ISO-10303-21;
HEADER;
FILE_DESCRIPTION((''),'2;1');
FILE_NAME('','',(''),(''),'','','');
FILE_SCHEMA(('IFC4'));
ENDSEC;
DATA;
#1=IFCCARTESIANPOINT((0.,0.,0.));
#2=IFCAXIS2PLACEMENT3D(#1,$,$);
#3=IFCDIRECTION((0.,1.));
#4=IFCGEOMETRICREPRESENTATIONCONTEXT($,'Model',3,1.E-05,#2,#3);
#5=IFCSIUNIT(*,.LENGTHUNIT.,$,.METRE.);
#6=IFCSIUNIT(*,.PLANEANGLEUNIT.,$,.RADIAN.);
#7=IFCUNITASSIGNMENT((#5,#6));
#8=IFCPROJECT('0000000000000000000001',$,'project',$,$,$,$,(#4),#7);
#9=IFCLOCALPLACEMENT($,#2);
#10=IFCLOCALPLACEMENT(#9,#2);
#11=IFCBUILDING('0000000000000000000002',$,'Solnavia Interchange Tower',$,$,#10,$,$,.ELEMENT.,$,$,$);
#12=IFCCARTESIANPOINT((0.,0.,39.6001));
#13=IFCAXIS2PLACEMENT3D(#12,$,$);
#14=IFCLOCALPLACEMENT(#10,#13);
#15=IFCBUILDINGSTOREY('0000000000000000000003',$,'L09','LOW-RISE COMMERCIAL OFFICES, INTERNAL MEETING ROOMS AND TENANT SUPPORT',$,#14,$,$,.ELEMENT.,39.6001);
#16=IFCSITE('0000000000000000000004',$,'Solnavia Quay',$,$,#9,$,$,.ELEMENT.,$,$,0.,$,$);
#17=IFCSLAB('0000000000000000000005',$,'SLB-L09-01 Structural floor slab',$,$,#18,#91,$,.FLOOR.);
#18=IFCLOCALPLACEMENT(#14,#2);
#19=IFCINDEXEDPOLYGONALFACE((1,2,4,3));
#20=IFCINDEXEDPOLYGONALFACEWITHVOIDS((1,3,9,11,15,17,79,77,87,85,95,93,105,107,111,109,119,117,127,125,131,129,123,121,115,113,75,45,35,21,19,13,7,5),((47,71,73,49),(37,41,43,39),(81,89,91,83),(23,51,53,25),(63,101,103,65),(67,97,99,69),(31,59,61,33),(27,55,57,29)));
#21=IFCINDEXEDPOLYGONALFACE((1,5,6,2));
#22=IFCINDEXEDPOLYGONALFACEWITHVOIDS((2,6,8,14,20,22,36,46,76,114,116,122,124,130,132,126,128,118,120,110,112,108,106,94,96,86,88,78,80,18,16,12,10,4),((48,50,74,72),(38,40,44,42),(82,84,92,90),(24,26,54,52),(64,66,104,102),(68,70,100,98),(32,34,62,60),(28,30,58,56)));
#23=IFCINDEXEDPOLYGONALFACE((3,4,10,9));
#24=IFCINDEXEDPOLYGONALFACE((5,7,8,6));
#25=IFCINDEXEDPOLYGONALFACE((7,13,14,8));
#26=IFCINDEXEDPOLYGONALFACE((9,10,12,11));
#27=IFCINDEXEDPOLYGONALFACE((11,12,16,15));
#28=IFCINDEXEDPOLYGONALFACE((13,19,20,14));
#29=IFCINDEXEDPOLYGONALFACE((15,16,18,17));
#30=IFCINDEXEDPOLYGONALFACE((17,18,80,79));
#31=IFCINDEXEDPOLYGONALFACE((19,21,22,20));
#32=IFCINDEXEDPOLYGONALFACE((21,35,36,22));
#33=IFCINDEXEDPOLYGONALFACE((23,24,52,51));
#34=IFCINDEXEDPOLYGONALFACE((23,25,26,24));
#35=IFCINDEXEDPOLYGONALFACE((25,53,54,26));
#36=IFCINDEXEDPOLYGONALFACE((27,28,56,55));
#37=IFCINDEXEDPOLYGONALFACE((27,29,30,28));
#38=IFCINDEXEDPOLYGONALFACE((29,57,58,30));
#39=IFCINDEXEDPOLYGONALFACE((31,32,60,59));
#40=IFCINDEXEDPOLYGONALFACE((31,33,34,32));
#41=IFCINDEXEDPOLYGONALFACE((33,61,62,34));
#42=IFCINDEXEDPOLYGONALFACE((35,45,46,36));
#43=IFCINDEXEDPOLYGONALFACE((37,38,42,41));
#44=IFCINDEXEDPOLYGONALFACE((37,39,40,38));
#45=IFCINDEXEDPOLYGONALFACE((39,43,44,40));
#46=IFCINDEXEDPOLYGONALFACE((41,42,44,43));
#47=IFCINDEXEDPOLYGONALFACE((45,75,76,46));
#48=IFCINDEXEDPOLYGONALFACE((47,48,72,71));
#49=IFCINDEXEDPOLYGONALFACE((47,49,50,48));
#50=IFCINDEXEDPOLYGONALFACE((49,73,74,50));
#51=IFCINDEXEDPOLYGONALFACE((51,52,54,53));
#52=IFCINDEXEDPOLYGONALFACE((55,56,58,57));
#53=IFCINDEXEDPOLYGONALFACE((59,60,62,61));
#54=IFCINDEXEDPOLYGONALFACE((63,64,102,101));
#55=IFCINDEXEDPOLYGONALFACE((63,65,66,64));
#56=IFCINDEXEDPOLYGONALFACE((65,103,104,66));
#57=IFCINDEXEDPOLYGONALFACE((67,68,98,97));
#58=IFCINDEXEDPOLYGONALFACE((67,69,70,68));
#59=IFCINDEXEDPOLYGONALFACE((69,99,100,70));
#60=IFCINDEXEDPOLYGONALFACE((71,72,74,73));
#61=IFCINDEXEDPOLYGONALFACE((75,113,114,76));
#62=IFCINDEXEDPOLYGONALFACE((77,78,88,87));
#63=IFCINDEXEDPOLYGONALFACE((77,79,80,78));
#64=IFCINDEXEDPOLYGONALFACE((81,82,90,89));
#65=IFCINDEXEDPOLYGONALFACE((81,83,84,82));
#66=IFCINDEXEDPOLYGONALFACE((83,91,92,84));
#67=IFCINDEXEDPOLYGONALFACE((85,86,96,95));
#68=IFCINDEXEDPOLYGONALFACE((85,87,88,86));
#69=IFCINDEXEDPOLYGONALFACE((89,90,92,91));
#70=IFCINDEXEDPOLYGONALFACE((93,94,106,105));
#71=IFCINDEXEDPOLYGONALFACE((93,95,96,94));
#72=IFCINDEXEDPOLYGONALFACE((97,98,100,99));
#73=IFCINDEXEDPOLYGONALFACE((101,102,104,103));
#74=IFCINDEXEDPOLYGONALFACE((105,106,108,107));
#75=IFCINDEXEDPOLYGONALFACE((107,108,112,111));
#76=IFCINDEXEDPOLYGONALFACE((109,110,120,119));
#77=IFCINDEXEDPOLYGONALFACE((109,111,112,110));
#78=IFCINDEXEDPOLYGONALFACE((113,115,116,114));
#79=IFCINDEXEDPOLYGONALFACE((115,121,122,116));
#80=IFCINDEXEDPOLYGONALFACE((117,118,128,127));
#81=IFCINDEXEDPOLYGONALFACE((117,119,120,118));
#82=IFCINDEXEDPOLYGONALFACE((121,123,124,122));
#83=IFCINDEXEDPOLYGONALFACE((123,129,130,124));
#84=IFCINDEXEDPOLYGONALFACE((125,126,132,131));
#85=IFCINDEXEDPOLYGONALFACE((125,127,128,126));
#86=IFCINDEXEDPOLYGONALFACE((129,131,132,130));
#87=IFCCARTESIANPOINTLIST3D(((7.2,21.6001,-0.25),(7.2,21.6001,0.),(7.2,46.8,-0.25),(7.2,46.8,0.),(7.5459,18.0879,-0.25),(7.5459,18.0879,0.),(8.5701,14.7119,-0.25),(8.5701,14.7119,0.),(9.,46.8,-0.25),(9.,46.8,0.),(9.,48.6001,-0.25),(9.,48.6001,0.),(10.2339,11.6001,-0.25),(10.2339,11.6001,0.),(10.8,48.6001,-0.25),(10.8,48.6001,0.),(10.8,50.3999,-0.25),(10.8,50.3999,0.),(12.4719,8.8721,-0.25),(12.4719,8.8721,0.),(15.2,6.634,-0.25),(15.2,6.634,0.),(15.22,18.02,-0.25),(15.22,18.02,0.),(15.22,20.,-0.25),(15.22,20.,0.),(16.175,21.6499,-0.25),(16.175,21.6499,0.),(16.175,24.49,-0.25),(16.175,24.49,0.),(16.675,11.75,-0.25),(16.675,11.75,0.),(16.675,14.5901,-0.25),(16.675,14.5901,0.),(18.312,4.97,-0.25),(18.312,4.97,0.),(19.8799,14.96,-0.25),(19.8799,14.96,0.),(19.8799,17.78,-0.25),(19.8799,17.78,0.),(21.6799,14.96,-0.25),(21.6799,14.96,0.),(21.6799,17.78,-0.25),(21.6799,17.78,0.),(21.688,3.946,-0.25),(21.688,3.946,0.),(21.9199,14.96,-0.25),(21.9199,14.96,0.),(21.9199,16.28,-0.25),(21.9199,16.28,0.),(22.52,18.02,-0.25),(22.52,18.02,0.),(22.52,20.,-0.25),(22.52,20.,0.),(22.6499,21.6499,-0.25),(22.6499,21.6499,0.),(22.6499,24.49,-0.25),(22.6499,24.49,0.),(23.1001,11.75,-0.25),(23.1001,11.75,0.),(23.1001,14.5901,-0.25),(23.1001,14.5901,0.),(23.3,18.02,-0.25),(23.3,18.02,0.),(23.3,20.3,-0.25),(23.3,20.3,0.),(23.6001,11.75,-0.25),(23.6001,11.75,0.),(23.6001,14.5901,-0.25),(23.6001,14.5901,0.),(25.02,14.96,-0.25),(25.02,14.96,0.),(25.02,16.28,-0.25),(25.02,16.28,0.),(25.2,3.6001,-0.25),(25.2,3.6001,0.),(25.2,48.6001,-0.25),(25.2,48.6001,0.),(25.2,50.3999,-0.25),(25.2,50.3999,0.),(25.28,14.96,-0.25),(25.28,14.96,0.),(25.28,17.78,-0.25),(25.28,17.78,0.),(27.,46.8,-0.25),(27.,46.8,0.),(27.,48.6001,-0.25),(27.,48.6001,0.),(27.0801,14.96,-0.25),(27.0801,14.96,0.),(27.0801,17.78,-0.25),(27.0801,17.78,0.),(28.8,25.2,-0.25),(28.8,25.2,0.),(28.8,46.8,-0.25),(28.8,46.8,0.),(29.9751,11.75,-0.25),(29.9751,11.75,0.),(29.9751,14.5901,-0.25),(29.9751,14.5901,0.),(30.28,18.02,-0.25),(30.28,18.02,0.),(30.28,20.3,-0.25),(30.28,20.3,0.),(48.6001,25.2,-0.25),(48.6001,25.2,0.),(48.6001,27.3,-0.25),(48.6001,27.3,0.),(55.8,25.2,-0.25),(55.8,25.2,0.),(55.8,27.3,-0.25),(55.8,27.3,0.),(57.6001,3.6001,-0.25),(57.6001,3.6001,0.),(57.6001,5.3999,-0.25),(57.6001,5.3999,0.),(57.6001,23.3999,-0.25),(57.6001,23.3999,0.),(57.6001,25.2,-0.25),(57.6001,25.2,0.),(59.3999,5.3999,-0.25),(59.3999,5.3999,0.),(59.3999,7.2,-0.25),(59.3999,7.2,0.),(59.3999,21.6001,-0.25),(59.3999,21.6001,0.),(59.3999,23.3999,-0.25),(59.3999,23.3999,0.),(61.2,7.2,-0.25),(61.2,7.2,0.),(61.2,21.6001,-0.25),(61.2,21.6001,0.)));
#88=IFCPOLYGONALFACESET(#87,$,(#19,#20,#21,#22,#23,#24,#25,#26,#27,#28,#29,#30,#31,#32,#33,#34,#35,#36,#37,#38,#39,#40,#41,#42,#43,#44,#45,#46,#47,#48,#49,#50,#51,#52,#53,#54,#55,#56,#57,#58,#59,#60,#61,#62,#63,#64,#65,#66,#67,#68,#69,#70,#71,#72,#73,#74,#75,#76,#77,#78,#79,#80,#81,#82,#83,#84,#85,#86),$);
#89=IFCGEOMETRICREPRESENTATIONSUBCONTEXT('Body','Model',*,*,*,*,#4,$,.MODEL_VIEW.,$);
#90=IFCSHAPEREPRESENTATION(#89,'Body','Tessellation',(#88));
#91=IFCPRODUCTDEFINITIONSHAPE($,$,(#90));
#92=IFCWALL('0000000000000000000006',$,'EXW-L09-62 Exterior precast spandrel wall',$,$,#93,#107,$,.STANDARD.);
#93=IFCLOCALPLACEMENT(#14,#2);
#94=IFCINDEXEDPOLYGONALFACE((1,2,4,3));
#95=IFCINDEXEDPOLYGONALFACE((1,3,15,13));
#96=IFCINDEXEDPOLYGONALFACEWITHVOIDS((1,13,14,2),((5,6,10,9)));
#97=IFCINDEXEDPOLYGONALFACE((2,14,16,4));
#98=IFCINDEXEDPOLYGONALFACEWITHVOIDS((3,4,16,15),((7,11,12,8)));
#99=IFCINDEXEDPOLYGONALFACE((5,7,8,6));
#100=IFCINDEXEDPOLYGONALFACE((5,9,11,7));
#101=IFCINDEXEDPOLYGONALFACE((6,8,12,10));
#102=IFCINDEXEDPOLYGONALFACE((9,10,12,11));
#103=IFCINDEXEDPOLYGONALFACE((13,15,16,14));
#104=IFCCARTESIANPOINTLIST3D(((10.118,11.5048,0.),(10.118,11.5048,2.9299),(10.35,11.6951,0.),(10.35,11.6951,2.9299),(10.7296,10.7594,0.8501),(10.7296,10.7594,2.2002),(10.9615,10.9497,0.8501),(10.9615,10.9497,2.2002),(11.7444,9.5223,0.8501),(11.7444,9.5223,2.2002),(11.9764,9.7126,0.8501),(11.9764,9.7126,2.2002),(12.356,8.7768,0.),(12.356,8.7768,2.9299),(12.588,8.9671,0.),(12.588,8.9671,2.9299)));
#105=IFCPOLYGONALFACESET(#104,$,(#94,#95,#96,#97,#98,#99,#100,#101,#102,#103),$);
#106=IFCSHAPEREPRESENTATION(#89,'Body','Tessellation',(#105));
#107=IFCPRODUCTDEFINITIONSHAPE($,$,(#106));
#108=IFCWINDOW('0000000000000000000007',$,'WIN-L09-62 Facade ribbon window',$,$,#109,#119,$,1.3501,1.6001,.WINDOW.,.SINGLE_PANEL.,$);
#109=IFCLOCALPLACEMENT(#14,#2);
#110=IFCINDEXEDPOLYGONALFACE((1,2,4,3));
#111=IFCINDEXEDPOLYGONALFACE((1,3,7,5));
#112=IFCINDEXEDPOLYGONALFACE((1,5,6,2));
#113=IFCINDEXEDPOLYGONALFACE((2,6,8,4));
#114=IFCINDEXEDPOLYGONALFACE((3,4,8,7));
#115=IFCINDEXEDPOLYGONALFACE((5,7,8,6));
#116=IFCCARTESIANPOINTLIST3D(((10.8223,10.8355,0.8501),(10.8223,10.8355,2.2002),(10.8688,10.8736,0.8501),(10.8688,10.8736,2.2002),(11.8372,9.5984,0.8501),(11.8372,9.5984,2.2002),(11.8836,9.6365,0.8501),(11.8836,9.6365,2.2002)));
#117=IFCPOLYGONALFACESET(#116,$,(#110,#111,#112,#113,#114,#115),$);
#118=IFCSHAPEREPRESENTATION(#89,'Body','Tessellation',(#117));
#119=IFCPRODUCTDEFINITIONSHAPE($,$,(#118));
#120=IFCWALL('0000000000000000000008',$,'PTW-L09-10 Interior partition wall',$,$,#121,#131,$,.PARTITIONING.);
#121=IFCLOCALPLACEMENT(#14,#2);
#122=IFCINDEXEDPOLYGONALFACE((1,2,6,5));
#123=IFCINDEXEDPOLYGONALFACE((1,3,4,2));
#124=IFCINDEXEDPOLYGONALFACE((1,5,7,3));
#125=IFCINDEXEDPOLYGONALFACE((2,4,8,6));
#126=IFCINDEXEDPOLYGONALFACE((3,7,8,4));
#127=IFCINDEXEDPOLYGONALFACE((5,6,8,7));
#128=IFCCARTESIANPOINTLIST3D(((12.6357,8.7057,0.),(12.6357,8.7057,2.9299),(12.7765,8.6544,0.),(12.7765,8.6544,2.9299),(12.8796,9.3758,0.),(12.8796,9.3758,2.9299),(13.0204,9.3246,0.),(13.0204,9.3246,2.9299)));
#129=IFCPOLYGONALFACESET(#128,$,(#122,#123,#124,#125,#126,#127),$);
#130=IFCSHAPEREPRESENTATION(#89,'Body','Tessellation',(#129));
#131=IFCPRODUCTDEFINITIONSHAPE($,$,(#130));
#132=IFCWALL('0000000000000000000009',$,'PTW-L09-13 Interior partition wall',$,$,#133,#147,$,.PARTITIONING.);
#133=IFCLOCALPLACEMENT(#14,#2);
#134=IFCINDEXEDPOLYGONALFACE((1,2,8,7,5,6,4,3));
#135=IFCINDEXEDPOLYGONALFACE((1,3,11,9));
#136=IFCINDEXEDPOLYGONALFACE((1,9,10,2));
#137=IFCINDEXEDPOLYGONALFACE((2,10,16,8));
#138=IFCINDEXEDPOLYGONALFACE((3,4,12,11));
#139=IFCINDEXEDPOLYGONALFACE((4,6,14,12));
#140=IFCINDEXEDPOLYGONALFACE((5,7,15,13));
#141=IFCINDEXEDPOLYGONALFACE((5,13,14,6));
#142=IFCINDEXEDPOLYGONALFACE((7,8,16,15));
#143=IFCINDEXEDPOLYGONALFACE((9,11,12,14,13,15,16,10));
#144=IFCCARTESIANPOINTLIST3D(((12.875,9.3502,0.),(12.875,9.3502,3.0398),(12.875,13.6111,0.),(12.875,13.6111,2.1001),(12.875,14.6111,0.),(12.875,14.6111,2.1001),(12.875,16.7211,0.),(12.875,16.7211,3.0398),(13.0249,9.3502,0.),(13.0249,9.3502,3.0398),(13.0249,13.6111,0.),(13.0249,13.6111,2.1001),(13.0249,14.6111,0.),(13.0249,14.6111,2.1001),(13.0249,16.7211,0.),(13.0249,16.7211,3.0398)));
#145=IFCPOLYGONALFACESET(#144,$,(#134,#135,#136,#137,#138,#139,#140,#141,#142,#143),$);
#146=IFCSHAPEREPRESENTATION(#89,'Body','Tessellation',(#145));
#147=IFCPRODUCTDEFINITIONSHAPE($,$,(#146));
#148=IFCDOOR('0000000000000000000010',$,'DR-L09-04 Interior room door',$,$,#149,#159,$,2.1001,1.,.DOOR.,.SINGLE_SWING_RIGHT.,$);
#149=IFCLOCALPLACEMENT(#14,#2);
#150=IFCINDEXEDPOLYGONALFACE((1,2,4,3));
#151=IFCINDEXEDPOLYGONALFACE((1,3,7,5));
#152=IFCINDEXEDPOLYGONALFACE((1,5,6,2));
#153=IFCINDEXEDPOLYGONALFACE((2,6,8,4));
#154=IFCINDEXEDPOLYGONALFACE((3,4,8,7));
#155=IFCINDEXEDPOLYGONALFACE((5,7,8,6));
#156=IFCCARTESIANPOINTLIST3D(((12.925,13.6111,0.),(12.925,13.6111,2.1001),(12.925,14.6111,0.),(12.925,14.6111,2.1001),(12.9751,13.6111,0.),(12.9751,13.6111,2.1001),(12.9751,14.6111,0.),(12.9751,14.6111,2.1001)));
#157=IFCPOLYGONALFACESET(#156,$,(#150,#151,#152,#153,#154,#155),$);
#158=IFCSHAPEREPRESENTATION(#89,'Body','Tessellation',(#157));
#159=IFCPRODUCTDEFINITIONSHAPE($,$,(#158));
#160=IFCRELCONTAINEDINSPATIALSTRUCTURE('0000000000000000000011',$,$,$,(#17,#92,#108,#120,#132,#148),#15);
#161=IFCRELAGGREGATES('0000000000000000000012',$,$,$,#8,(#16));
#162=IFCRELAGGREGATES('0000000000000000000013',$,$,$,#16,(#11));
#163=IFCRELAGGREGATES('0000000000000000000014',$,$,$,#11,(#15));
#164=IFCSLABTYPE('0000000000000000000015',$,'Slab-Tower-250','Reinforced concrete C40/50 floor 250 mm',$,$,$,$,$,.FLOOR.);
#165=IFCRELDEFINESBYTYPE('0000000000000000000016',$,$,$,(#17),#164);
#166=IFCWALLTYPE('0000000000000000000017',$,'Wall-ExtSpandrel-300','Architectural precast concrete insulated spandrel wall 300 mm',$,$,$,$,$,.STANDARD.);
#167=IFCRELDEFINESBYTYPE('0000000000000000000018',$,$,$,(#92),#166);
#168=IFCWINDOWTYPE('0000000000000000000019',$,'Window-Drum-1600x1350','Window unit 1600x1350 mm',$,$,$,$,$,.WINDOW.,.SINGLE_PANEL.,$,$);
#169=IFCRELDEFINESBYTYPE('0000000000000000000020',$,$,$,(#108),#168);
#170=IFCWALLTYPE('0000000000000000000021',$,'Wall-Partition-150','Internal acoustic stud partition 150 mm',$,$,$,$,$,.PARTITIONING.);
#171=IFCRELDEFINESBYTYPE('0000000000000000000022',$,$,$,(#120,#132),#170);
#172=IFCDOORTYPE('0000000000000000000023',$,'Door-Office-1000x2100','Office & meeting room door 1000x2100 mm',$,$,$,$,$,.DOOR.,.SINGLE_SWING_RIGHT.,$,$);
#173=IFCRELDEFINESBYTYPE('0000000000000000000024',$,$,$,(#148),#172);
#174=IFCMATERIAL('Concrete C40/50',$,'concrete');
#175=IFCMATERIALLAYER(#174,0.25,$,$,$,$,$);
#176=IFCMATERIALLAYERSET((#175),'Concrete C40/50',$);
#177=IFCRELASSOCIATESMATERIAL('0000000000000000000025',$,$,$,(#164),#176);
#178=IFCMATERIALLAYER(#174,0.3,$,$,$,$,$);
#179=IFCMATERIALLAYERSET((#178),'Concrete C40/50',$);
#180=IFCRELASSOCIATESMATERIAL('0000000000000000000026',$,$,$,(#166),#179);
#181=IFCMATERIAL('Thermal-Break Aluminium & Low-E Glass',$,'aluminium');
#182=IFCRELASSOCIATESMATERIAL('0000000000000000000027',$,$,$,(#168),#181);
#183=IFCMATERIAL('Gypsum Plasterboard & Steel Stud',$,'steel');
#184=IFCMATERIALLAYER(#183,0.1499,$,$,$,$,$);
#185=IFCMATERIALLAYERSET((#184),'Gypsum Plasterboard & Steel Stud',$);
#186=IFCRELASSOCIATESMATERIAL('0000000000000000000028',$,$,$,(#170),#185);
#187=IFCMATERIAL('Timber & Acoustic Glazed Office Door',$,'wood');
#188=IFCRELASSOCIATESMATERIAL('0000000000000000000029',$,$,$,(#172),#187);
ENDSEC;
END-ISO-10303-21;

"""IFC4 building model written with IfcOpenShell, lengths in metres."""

from ifc_helpers import new_model, si_unit, direction, frame, frame_2d, origin, place, context, subcontext, project, spatial, polyline, rectangle, outline, extrude, material, layer, layer_set, type_object, element, fill, save


model = new_model("IFC4")

# Units and contexts
model_context = context("Model", 3, precision=1e-05, world=origin(), true_north=direction((0.0, 1.0)))
body_context = subcontext(model_context, "Body", "Model", "MODEL_VIEW")
ifc_project = project(units=[si_unit("LENGTHUNIT", "METRE"), si_unit("PLANEANGLEUNIT", "RADIAN")], contexts=[model_context])

# Site, building, storey
site_placement = place(None, origin())
site = spatial("IfcSite", under=ifc_project, at=site_placement, Name="Solnavia Quay", CompositionType="ELEMENT", RefElevation=0.0)
building_placement = place(site_placement, origin())
building = spatial("IfcBuilding", under=site, at=building_placement, Name="Solnavia Interchange Tower", CompositionType="ELEMENT")
storey_placement = place(building_placement, frame((0.0, 0.0, 39.6001)))
storey = spatial("IfcBuildingStorey", under=building, at=storey_placement, Name="L09", Description="LOW-RISE COMMERCIAL OFFICES, INTERNAL MEETING ROOMS AND TENANT SUPPORT", CompositionType="ELEMENT", Elevation=39.6001)

# Shared definitions
ifc_material_1 = material(Name="Concrete C40/50", Category="concrete")

# Slab
ifc_layer_1 = layer(ifc_material_1, 0.25)
ifc_layer_set_1 = layer_set([ifc_layer_1], Name="Concrete C40/50")
slab_type_1 = type_object("IfcSlabType", Name="Slab-Tower-250", Description="Reinforced concrete C40/50 floor 250 mm", PredefinedType="FLOOR", material=ifc_layer_set_1)
slab_1_placement = place(storey_placement, frame((0.0, 0.0, -0.25)))
element("IfcSlab", 1, at=slab_1_placement, inside=storey, type_object=slab_type_1, Name="SLB-L09-01 Structural floor slab", PredefinedType="FLOOR", context=body_context, shape_type="SweptSolid", body=[
    extrude(outline(polyline([(25.2, 3.6001), (57.6001, 3.6001), (57.6001, 5.3999), (59.3999, 5.3999), (59.3999, 7.2), (61.2, 7.2), (61.2, 21.6001), (59.3999, 21.6001), (59.3999, 23.3999), (57.6001, 23.3999), (57.6001, 25.2), (55.8, 25.2), (55.8, 27.3), (48.6001, 27.3), (48.6001, 25.2), (28.8, 25.2), (28.8, 46.8), (27.0, 46.8), (27.0, 48.6001), (25.2, 48.6001), (25.2, 50.3999), (10.8, 50.3999), (10.8, 48.6001), (9.0, 48.6001), (9.0, 46.8), (7.2, 46.8), (7.2, 21.6001), (7.5459, 18.0879), (8.5701, 14.7119), (10.2339, 11.6001), (12.4719, 8.8721), (15.2, 6.634), (18.312, 4.97), (21.688, 3.946), (25.2, 3.6001)]), holes=[polyline([(16.675, 11.75), (23.1001, 11.75), (23.1001, 14.5901), (16.675, 14.5901), (16.675, 11.75)]), polyline([(23.6001, 11.75), (29.9751, 11.75), (29.9751, 14.5901), (23.6001, 14.5901), (23.6001, 11.75)]), polyline([(16.175, 21.6499), (22.6499, 21.6499), (22.6499, 24.49), (16.175, 24.49), (16.175, 21.6499)]), polyline([(19.8799, 14.96), (21.6799, 14.96), (21.6799, 17.78), (19.8799, 17.78), (19.8799, 14.96)]), polyline([(25.28, 14.96), (27.0801, 14.96), (27.0801, 17.78), (25.28, 17.78), (25.28, 14.96)]), polyline([(21.9199, 14.96), (25.02, 14.96), (25.02, 16.28), (21.9199, 16.28), (21.9199, 14.96)]), polyline([(15.22, 18.02), (22.52, 18.02), (22.52, 20.0), (15.22, 20.0), (15.22, 18.02)]), polyline([(23.3, 18.02), (30.28, 18.02), (30.28, 20.3), (23.3, 20.3), (23.3, 18.02)])]), origin(), (0.0, 0.0, 1.0), 0.25),
])

# Wall, opening, window
ifc_layer_2 = layer(ifc_material_1, 0.3)
ifc_layer_set_2 = layer_set([ifc_layer_2], Name="Concrete C40/50")
wall_type_1 = type_object("IfcWallType", Name="Wall-ExtSpandrel-300", Description="Architectural precast concrete insulated spandrel wall 300 mm", PredefinedType="STANDARD", material=ifc_layer_set_2)
wall_1_placement = place(storey_placement, frame((12.4719, 8.8721, 0.0), z_axis=(0.0, 0.0, 1.0), x_axis=(-0.634258, 0.773121, 0.0)))
wall_1 = element("IfcWall", 2, at=wall_1_placement, inside=storey, type_object=wall_type_1, Name="EXW-L09-62 Exterior precast spandrel wall", PredefinedType="STANDARD", context=body_context, shape_type="SweptSolid", body=[
    extrude(rectangle(XDim=3.5286, YDim=0.3, at=frame_2d((1.7642, 0.0))), origin(), (0.0, 0.0, 1.0), 2.9299),
])
opening_1_placement = place(wall_1_placement, frame((0.9641, 0.0, 0.8501)))
opening_1 = element("IfcOpeningElement", 3, at=opening_1_placement, cuts=wall_1, PredefinedType="OPENING", context=body_context, shape_type="SweptSolid", body=[
    extrude(rectangle(XDim=1.6001, YDim=1.3501, at=frame_2d((0.8, 0.675))), frame((0.0, 0.1602, 0.0), z_axis=(0.0, -1.0, 0.0), x_axis=(1.0, 0.0, 0.0)), (0.0, 0.0, 1.0), 0.3201),
])
ifc_material_2 = material(Name="Thermal-Break Aluminium & Low-E Glass", Category="aluminium")
window_type = type_object("IfcWindowType", Name="Window-Drum-1600x1350", Description="Window unit 1600x1350 mm", PartitioningType="SINGLE_PANEL", PredefinedType="WINDOW", material=ifc_material_2)
window_placement = place(opening_1_placement, origin())
window = element("IfcWindow", 4, at=window_placement, inside=storey, type_object=window_type, Name="WIN-L09-62 Facade ribbon window", OverallHeight=1.3501, OverallWidth=1.6001, PartitioningType="SINGLE_PANEL", PredefinedType="WINDOW", context=body_context, shape_type="SweptSolid", body=[
    extrude(rectangle(XDim=1.6001, YDim=1.3501, at=frame_2d((0.8, 0.675))), frame((0.0, 0.03, 0.0), z_axis=(0.0, -1.0, 0.0), x_axis=(1.0, 0.0, 0.0)), (0.0, 0.0, 1.0), 0.0601),
])
fill(opening_1, window)

# Wall
ifc_material_3 = material(Name="Gypsum Plasterboard & Steel Stud", Category="steel")
ifc_layer_3 = layer(ifc_material_3, 0.1499)
ifc_layer_set_3 = layer_set([ifc_layer_3], Name="Gypsum Plasterboard & Steel Stud")
wall_type_2 = type_object("IfcWallType", Name="Wall-Partition-150", Description="Internal acoustic stud partition 150 mm", PredefinedType="PARTITIONING", material=ifc_layer_set_3)
wall_2_placement = place(storey_placement, frame((12.95, 9.3501, 0.0), z_axis=(0.0, 0.0, 1.0), x_axis=(-0.34199, -0.939703, 0.0)))
element("IfcWall", 5, at=wall_2_placement, inside=storey, type_object=wall_type_2, Name="PTW-L09-10 Interior partition wall", PredefinedType="PARTITIONING", context=body_context, shape_type="SweptSolid", body=[
    extrude(rectangle(XDim=0.7131, YDim=0.1499, at=frame_2d((0.3564, 0.0))), origin(), (0.0, 0.0, 1.0), 2.9299),
])

# Wall, opening, door
wall_3_placement = place(storey_placement, frame((12.95, 9.3501, 0.0), z_axis=(0.0, 0.0, 1.0), x_axis=(0.0, 1.0, 0.0)))
wall_3 = element("IfcWall", 6, at=wall_3_placement, inside=storey, type_object=wall_type_2, Name="PTW-L09-13 Interior partition wall", PredefinedType="PARTITIONING", context=body_context, shape_type="SweptSolid", body=[
    extrude(rectangle(XDim=7.3708, YDim=0.1499, at=frame_2d((3.6855, 0.0))), origin(), (0.0, 0.0, 1.0), 3.0398),
])
opening_2_placement = place(wall_3_placement, frame((4.261, 0.0, 0.0)))
opening_2 = element("IfcOpeningElement", 7, at=opening_2_placement, cuts=wall_3, PredefinedType="OPENING", context=body_context, shape_type="SweptSolid", body=[
    extrude(rectangle(XDim=1.0, YDim=2.1001, at=frame_2d((0.5, 1.05))), frame((0.0, 0.085, 0.0), z_axis=(0.0, -1.0, 0.0), x_axis=(1.0, 0.0, 0.0)), (0.0, 0.0, 1.0), 0.1699),
])
ifc_material_4 = material(Name="Timber & Acoustic Glazed Office Door", Category="wood")
door_type = type_object("IfcDoorType", Name="Door-Office-1000x2100", Description="Office & meeting room door 1000x2100 mm", OperationType="SINGLE_SWING_RIGHT", PredefinedType="DOOR", material=ifc_material_4)
door_1_placement = place(opening_2_placement, origin())
door_1 = element("IfcDoor", 8, at=door_1_placement, inside=storey, type_object=door_type, Name="DR-L09-04 Interior room door", OperationType="SINGLE_SWING_RIGHT", OverallHeight=2.1001, OverallWidth=1.0, PredefinedType="DOOR", context=body_context, shape_type="SweptSolid", body=[
    extrude(rectangle(XDim=1.0, YDim=2.1001, at=frame_2d((0.5, 1.05))), frame((0.0, 0.0249, 0.0), z_axis=(0.0, -1.0, 0.0), x_axis=(1.0, 0.0, 0.0)), (0.0, 0.0, 1.0), 0.05),
])
fill(opening_2, door_1)

save(model, "model.ifc")
